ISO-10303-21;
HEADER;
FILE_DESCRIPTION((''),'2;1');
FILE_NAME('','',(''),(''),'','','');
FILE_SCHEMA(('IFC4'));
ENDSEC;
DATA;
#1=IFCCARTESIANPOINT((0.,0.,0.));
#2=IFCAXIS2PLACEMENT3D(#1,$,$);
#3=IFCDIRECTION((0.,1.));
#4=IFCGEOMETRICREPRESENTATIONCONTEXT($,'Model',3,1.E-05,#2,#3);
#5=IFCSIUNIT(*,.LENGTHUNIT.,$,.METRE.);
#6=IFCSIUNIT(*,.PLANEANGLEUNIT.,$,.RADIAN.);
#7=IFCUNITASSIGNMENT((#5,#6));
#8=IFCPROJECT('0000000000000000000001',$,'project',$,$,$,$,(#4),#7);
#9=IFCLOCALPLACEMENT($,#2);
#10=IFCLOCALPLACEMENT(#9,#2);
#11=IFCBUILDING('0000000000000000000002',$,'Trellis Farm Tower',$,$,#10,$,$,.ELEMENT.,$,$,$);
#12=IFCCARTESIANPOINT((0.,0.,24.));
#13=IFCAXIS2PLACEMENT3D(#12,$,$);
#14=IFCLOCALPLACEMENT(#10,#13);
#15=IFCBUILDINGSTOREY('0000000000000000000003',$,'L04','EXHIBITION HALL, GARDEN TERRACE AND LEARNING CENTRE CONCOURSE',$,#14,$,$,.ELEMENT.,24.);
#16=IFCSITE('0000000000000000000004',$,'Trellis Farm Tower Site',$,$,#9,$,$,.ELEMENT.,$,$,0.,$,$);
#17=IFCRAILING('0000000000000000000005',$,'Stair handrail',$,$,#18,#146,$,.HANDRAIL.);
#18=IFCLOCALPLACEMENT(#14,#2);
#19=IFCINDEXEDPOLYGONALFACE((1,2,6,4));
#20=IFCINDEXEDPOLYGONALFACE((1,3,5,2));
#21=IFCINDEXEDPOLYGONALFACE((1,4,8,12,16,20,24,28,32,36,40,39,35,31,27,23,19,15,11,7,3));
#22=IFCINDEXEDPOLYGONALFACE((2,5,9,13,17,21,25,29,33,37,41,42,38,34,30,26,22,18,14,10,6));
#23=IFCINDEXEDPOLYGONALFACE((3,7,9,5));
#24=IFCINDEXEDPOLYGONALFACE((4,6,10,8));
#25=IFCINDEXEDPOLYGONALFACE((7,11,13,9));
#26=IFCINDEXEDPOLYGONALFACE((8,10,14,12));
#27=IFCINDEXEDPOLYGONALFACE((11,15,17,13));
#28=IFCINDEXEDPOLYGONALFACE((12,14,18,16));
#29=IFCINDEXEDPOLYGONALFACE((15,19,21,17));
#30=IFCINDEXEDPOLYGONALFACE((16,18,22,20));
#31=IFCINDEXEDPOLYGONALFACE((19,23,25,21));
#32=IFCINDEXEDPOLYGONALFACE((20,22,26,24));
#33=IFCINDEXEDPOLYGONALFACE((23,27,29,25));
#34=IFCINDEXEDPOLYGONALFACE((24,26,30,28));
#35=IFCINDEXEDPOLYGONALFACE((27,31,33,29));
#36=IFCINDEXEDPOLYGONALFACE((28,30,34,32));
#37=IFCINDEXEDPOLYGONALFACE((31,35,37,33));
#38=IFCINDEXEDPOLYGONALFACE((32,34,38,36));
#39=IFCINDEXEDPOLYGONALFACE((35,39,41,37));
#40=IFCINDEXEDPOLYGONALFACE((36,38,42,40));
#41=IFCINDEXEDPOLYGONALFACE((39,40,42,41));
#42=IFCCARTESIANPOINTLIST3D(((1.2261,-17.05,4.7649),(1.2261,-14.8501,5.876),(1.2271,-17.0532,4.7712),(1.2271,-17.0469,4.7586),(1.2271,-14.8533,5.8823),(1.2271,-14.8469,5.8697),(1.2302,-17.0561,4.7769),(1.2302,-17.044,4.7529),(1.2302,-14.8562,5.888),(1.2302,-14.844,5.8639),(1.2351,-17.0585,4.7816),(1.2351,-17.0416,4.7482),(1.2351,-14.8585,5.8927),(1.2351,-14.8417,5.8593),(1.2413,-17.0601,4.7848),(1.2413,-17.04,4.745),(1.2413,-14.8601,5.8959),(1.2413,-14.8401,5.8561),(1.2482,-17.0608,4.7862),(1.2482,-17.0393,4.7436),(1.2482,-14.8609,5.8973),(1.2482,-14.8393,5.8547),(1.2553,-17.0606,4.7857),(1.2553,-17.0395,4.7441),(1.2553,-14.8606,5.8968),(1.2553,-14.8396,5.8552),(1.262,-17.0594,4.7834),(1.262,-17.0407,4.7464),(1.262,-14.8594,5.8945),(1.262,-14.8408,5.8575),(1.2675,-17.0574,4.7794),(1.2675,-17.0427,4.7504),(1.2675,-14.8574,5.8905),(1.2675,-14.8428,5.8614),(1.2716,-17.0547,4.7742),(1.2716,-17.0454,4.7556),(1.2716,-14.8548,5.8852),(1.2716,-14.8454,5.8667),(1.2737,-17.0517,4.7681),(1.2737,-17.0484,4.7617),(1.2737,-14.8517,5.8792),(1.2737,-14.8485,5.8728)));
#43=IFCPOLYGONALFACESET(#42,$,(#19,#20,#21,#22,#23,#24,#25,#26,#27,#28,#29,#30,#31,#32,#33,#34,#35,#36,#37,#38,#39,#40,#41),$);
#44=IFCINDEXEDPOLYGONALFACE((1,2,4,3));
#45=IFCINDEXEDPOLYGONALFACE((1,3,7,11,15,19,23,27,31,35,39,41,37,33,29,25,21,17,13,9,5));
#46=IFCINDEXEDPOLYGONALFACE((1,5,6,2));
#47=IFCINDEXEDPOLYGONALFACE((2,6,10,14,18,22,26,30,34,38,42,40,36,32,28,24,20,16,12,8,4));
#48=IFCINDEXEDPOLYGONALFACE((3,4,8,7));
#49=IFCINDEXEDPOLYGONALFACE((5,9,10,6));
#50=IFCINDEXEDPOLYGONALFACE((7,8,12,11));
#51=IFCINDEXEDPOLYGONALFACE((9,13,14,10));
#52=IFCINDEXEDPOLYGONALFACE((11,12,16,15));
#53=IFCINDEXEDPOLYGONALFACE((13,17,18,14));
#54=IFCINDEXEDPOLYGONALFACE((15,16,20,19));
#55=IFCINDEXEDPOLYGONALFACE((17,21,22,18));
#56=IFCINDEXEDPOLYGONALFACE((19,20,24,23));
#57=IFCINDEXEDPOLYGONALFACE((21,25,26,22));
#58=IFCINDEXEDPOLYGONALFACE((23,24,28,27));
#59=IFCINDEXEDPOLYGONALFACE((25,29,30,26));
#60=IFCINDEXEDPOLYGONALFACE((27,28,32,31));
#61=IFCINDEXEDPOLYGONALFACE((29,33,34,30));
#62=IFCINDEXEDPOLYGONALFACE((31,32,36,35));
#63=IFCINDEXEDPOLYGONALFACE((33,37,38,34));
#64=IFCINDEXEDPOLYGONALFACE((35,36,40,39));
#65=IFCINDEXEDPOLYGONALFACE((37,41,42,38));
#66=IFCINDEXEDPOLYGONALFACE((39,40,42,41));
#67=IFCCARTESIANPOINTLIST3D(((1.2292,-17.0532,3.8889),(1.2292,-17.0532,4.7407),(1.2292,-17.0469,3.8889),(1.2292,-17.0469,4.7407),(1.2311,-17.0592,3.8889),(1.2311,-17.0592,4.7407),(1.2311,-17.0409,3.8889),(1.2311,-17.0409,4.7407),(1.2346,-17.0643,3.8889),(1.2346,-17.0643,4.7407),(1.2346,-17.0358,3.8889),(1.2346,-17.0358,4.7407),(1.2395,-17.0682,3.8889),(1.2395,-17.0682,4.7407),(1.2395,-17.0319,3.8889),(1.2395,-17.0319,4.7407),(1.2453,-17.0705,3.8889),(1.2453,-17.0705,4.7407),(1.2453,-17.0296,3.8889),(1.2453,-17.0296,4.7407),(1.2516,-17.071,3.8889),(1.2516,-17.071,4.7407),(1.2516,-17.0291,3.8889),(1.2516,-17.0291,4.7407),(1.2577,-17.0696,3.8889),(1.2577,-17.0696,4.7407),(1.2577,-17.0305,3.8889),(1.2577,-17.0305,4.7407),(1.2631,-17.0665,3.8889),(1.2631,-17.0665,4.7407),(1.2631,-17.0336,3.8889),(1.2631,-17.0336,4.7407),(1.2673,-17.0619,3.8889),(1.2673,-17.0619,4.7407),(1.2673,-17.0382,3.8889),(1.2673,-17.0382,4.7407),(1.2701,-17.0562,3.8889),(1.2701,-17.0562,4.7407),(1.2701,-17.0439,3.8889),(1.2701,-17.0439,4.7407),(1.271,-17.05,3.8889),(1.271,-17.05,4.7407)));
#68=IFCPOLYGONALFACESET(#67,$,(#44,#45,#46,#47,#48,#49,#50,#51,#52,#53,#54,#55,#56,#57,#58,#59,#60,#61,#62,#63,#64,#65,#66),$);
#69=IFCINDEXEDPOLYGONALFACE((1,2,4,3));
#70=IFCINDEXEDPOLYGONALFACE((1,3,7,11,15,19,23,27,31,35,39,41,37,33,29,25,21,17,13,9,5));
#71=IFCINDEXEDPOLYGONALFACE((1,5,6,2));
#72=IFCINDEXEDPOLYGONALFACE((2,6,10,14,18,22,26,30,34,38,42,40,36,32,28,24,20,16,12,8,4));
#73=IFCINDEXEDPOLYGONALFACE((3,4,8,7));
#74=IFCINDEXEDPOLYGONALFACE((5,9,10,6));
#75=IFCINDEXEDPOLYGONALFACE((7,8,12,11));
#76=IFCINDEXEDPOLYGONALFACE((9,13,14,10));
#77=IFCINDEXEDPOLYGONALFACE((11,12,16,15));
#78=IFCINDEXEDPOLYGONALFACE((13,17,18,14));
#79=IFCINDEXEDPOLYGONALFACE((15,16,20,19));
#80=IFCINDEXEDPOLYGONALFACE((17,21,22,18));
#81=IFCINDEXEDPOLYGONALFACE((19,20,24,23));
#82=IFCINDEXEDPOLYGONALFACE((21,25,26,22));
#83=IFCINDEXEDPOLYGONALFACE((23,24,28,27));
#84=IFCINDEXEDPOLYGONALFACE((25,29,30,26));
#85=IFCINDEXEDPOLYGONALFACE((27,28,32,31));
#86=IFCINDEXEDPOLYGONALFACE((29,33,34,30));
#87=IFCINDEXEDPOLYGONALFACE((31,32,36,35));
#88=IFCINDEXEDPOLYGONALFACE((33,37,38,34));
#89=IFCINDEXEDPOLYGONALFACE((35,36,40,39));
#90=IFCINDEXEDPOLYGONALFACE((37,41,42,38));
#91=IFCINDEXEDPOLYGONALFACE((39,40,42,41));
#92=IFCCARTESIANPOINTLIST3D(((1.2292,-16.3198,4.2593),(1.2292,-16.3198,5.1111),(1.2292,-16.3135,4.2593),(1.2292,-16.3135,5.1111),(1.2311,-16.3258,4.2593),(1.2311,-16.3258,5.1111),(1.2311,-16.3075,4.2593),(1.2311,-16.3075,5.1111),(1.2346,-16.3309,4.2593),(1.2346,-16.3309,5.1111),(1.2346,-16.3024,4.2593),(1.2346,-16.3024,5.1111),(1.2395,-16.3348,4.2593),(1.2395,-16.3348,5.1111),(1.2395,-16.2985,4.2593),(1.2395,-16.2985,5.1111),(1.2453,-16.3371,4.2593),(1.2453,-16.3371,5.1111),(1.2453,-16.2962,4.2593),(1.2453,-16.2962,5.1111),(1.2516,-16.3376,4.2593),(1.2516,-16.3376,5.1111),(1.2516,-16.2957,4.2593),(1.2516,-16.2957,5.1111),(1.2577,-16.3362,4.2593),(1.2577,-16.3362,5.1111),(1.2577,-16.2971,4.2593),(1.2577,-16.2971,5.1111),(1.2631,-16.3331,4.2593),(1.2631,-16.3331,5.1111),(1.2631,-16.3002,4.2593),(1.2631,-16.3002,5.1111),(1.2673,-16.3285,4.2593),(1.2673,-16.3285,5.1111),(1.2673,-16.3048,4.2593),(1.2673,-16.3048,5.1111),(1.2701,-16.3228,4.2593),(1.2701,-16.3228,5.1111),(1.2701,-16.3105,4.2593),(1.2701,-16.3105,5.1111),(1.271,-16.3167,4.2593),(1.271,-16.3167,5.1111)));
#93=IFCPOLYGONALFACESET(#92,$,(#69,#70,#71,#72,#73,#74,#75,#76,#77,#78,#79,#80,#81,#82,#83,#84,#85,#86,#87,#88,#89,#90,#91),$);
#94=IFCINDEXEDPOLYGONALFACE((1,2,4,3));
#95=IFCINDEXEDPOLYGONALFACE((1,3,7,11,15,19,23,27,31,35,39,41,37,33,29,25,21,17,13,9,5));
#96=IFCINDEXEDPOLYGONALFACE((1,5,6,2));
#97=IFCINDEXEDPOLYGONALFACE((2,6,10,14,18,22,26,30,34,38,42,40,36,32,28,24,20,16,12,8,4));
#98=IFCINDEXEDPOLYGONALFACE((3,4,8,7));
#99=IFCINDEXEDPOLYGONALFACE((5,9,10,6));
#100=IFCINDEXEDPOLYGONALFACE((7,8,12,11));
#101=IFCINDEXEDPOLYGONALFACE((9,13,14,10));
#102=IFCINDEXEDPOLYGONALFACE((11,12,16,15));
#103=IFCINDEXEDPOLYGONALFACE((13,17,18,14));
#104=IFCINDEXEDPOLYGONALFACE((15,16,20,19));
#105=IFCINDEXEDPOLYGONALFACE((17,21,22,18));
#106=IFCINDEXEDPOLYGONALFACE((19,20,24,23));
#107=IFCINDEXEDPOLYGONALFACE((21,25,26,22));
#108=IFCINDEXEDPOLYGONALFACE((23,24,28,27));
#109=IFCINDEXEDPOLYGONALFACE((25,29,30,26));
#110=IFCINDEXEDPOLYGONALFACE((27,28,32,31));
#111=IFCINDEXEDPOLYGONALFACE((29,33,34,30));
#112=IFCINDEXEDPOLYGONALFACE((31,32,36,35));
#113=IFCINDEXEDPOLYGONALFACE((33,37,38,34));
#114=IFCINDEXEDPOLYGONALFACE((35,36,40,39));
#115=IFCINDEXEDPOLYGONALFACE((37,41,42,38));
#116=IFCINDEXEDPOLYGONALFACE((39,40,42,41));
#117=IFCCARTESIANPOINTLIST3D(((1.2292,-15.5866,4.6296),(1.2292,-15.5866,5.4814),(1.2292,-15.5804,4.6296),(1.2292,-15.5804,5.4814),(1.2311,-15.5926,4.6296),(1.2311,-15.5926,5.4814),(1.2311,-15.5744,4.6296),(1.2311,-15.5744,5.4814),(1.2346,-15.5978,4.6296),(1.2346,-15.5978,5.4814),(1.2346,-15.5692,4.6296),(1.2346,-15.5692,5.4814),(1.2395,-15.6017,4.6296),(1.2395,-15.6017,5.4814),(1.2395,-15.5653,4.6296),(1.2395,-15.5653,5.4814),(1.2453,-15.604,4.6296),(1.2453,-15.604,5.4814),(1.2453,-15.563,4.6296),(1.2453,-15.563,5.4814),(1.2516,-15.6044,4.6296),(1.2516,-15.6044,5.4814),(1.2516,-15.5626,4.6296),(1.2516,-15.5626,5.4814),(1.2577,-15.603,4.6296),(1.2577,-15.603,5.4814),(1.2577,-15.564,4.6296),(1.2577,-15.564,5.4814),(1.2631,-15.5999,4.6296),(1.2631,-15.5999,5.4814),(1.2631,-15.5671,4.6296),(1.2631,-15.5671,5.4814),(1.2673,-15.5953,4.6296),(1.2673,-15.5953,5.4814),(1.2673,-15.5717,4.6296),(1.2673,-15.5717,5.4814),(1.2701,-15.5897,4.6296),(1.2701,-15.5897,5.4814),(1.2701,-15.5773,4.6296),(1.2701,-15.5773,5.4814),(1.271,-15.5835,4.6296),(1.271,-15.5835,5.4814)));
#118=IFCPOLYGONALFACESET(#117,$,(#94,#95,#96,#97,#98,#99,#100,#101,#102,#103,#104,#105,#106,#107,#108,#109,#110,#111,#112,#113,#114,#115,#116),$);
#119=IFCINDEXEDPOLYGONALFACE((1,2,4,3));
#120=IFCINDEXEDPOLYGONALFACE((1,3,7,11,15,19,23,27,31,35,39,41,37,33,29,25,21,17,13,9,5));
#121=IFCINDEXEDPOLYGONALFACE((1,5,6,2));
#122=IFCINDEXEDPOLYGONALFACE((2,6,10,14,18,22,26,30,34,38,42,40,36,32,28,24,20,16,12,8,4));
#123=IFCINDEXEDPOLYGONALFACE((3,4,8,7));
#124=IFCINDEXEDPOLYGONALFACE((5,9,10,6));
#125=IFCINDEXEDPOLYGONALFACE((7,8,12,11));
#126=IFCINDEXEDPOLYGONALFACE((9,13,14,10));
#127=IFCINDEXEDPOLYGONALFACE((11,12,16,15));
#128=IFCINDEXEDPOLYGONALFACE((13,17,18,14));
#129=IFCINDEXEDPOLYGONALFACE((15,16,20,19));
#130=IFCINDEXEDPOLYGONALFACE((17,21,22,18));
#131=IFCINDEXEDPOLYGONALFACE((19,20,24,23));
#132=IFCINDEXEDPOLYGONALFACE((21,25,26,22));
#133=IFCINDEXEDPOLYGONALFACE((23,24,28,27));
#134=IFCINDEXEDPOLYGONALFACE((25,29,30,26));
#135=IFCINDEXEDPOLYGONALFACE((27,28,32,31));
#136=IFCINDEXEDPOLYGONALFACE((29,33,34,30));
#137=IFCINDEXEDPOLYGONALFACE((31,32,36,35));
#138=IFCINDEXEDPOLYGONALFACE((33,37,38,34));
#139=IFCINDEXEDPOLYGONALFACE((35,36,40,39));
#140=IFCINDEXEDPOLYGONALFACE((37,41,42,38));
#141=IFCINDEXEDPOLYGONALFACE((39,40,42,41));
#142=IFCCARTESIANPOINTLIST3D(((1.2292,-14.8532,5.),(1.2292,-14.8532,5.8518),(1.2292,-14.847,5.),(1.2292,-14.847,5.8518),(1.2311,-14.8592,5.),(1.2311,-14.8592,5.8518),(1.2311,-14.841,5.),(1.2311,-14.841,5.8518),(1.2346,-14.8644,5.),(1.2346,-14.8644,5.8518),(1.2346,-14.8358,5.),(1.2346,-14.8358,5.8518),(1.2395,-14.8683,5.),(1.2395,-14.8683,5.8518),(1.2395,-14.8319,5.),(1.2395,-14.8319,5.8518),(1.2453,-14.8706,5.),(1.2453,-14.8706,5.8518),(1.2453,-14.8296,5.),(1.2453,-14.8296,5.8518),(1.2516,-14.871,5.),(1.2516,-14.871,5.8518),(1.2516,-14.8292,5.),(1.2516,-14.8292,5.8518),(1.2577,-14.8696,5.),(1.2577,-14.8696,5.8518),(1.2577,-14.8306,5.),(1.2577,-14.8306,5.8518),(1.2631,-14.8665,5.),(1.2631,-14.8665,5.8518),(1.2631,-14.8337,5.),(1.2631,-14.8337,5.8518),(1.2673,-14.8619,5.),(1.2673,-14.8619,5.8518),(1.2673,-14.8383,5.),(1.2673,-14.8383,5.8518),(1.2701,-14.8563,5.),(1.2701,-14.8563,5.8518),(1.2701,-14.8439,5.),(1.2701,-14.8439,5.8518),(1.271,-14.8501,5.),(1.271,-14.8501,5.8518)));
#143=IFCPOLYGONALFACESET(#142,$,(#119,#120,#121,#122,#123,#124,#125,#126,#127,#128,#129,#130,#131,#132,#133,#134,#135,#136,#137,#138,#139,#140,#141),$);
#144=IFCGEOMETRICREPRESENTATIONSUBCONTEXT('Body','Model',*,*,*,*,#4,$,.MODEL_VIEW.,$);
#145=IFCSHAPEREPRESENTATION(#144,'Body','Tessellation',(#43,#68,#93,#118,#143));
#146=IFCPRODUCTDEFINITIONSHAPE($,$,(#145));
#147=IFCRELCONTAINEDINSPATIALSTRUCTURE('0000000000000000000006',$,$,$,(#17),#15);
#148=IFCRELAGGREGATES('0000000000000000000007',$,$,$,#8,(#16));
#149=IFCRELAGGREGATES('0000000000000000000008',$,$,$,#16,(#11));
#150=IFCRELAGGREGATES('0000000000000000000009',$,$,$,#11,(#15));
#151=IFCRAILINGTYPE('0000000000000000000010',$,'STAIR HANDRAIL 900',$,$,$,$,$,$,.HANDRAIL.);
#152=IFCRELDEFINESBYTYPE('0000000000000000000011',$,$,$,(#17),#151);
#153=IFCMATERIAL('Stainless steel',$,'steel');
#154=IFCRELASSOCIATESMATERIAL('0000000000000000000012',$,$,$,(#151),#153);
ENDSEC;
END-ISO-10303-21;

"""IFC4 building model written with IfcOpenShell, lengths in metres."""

from ifc_helpers import new_model, si_unit, direction, frame, origin, origin_2d, place, context, subcontext, project, spatial, circle, extrude, source, transform, mapped, material, type_object, element, save


model = new_model("IFC4")

# Units and contexts
model_context = context("Model", 3, precision=1e-05, world=origin(), true_north=direction((0.0, 1.0)))
body_context = subcontext(model_context, "Body", "Model", "MODEL_VIEW")
ifc_project = project(units=[si_unit("LENGTHUNIT", "METRE"), si_unit("PLANEANGLEUNIT", "RADIAN")], contexts=[model_context])

# Site, building, storey
site_placement = place(None, origin())
site = spatial("IfcSite", under=ifc_project, at=site_placement, Name="Trellis Farm Tower Site", CompositionType="ELEMENT", RefElevation=0.0)
building_placement = place(site_placement, origin())
building = spatial("IfcBuilding", under=site, at=building_placement, Name="Trellis Farm Tower", CompositionType="ELEMENT")
storey_placement = place(building_placement, frame((0.0, 0.0, 24.0)))
storey = spatial("IfcBuildingStorey", under=building, at=storey_placement, Name="L04", Description="EXHIBITION HALL, GARDEN TERRACE AND LEARNING CENTRE CONCOURSE", CompositionType="ELEMENT", Elevation=24.0)

# Railing
ifc_material_1 = material(Name="Stainless steel", Category="steel")
railing_type = type_object("IfcRailingType", Name="STAIR HANDRAIL 900", PredefinedType="HANDRAIL", material=ifc_material_1)
shared_shape_1 = source(origin(), body_context, "Body", "SweptSolid", [
    extrude(circle(Radius=0.0239, at=origin_2d()), frame((0.0, 0.0, 0.876), z_axis=(0.0, 0.892617, 0.450816), x_axis=(-1.0, 0.0, 0.0)), (0.0, 0.0, 1.0), 2.4646),
    extrude(circle(Radius=0.021, at=origin_2d()), origin(), (0.0, 0.0, 1.0), 0.8518),
    extrude(circle(Radius=0.021, at=origin_2d()), frame((0.0, 0.7334, 0.3704)), (0.0, 0.0, 1.0), 0.8518),
    extrude(circle(Radius=0.021, at=origin_2d()), frame((0.0, 1.4666, 0.7407)), (0.0, 0.0, 1.0), 0.8518),
    extrude(circle(Radius=0.021, at=origin_2d()), frame((0.0, 2.2, 1.1111)), (0.0, 0.0, 1.0), 0.8518),
])
for number, where, name in (
    (1, (1.25, -17.05, 3.8889), "Stair handrail"),
):
    element("IfcRailing", number, at=place(storey_placement, frame(where)), inside=storey, type_object=railing_type, Name=name, PredefinedType="HANDRAIL", context=body_context, shape_type="MappedRepresentation", body=[
        mapped(shared_shape_1, transform((0.0, 0.0, 0.0))),
    ])

save(model, "model.ifc")
